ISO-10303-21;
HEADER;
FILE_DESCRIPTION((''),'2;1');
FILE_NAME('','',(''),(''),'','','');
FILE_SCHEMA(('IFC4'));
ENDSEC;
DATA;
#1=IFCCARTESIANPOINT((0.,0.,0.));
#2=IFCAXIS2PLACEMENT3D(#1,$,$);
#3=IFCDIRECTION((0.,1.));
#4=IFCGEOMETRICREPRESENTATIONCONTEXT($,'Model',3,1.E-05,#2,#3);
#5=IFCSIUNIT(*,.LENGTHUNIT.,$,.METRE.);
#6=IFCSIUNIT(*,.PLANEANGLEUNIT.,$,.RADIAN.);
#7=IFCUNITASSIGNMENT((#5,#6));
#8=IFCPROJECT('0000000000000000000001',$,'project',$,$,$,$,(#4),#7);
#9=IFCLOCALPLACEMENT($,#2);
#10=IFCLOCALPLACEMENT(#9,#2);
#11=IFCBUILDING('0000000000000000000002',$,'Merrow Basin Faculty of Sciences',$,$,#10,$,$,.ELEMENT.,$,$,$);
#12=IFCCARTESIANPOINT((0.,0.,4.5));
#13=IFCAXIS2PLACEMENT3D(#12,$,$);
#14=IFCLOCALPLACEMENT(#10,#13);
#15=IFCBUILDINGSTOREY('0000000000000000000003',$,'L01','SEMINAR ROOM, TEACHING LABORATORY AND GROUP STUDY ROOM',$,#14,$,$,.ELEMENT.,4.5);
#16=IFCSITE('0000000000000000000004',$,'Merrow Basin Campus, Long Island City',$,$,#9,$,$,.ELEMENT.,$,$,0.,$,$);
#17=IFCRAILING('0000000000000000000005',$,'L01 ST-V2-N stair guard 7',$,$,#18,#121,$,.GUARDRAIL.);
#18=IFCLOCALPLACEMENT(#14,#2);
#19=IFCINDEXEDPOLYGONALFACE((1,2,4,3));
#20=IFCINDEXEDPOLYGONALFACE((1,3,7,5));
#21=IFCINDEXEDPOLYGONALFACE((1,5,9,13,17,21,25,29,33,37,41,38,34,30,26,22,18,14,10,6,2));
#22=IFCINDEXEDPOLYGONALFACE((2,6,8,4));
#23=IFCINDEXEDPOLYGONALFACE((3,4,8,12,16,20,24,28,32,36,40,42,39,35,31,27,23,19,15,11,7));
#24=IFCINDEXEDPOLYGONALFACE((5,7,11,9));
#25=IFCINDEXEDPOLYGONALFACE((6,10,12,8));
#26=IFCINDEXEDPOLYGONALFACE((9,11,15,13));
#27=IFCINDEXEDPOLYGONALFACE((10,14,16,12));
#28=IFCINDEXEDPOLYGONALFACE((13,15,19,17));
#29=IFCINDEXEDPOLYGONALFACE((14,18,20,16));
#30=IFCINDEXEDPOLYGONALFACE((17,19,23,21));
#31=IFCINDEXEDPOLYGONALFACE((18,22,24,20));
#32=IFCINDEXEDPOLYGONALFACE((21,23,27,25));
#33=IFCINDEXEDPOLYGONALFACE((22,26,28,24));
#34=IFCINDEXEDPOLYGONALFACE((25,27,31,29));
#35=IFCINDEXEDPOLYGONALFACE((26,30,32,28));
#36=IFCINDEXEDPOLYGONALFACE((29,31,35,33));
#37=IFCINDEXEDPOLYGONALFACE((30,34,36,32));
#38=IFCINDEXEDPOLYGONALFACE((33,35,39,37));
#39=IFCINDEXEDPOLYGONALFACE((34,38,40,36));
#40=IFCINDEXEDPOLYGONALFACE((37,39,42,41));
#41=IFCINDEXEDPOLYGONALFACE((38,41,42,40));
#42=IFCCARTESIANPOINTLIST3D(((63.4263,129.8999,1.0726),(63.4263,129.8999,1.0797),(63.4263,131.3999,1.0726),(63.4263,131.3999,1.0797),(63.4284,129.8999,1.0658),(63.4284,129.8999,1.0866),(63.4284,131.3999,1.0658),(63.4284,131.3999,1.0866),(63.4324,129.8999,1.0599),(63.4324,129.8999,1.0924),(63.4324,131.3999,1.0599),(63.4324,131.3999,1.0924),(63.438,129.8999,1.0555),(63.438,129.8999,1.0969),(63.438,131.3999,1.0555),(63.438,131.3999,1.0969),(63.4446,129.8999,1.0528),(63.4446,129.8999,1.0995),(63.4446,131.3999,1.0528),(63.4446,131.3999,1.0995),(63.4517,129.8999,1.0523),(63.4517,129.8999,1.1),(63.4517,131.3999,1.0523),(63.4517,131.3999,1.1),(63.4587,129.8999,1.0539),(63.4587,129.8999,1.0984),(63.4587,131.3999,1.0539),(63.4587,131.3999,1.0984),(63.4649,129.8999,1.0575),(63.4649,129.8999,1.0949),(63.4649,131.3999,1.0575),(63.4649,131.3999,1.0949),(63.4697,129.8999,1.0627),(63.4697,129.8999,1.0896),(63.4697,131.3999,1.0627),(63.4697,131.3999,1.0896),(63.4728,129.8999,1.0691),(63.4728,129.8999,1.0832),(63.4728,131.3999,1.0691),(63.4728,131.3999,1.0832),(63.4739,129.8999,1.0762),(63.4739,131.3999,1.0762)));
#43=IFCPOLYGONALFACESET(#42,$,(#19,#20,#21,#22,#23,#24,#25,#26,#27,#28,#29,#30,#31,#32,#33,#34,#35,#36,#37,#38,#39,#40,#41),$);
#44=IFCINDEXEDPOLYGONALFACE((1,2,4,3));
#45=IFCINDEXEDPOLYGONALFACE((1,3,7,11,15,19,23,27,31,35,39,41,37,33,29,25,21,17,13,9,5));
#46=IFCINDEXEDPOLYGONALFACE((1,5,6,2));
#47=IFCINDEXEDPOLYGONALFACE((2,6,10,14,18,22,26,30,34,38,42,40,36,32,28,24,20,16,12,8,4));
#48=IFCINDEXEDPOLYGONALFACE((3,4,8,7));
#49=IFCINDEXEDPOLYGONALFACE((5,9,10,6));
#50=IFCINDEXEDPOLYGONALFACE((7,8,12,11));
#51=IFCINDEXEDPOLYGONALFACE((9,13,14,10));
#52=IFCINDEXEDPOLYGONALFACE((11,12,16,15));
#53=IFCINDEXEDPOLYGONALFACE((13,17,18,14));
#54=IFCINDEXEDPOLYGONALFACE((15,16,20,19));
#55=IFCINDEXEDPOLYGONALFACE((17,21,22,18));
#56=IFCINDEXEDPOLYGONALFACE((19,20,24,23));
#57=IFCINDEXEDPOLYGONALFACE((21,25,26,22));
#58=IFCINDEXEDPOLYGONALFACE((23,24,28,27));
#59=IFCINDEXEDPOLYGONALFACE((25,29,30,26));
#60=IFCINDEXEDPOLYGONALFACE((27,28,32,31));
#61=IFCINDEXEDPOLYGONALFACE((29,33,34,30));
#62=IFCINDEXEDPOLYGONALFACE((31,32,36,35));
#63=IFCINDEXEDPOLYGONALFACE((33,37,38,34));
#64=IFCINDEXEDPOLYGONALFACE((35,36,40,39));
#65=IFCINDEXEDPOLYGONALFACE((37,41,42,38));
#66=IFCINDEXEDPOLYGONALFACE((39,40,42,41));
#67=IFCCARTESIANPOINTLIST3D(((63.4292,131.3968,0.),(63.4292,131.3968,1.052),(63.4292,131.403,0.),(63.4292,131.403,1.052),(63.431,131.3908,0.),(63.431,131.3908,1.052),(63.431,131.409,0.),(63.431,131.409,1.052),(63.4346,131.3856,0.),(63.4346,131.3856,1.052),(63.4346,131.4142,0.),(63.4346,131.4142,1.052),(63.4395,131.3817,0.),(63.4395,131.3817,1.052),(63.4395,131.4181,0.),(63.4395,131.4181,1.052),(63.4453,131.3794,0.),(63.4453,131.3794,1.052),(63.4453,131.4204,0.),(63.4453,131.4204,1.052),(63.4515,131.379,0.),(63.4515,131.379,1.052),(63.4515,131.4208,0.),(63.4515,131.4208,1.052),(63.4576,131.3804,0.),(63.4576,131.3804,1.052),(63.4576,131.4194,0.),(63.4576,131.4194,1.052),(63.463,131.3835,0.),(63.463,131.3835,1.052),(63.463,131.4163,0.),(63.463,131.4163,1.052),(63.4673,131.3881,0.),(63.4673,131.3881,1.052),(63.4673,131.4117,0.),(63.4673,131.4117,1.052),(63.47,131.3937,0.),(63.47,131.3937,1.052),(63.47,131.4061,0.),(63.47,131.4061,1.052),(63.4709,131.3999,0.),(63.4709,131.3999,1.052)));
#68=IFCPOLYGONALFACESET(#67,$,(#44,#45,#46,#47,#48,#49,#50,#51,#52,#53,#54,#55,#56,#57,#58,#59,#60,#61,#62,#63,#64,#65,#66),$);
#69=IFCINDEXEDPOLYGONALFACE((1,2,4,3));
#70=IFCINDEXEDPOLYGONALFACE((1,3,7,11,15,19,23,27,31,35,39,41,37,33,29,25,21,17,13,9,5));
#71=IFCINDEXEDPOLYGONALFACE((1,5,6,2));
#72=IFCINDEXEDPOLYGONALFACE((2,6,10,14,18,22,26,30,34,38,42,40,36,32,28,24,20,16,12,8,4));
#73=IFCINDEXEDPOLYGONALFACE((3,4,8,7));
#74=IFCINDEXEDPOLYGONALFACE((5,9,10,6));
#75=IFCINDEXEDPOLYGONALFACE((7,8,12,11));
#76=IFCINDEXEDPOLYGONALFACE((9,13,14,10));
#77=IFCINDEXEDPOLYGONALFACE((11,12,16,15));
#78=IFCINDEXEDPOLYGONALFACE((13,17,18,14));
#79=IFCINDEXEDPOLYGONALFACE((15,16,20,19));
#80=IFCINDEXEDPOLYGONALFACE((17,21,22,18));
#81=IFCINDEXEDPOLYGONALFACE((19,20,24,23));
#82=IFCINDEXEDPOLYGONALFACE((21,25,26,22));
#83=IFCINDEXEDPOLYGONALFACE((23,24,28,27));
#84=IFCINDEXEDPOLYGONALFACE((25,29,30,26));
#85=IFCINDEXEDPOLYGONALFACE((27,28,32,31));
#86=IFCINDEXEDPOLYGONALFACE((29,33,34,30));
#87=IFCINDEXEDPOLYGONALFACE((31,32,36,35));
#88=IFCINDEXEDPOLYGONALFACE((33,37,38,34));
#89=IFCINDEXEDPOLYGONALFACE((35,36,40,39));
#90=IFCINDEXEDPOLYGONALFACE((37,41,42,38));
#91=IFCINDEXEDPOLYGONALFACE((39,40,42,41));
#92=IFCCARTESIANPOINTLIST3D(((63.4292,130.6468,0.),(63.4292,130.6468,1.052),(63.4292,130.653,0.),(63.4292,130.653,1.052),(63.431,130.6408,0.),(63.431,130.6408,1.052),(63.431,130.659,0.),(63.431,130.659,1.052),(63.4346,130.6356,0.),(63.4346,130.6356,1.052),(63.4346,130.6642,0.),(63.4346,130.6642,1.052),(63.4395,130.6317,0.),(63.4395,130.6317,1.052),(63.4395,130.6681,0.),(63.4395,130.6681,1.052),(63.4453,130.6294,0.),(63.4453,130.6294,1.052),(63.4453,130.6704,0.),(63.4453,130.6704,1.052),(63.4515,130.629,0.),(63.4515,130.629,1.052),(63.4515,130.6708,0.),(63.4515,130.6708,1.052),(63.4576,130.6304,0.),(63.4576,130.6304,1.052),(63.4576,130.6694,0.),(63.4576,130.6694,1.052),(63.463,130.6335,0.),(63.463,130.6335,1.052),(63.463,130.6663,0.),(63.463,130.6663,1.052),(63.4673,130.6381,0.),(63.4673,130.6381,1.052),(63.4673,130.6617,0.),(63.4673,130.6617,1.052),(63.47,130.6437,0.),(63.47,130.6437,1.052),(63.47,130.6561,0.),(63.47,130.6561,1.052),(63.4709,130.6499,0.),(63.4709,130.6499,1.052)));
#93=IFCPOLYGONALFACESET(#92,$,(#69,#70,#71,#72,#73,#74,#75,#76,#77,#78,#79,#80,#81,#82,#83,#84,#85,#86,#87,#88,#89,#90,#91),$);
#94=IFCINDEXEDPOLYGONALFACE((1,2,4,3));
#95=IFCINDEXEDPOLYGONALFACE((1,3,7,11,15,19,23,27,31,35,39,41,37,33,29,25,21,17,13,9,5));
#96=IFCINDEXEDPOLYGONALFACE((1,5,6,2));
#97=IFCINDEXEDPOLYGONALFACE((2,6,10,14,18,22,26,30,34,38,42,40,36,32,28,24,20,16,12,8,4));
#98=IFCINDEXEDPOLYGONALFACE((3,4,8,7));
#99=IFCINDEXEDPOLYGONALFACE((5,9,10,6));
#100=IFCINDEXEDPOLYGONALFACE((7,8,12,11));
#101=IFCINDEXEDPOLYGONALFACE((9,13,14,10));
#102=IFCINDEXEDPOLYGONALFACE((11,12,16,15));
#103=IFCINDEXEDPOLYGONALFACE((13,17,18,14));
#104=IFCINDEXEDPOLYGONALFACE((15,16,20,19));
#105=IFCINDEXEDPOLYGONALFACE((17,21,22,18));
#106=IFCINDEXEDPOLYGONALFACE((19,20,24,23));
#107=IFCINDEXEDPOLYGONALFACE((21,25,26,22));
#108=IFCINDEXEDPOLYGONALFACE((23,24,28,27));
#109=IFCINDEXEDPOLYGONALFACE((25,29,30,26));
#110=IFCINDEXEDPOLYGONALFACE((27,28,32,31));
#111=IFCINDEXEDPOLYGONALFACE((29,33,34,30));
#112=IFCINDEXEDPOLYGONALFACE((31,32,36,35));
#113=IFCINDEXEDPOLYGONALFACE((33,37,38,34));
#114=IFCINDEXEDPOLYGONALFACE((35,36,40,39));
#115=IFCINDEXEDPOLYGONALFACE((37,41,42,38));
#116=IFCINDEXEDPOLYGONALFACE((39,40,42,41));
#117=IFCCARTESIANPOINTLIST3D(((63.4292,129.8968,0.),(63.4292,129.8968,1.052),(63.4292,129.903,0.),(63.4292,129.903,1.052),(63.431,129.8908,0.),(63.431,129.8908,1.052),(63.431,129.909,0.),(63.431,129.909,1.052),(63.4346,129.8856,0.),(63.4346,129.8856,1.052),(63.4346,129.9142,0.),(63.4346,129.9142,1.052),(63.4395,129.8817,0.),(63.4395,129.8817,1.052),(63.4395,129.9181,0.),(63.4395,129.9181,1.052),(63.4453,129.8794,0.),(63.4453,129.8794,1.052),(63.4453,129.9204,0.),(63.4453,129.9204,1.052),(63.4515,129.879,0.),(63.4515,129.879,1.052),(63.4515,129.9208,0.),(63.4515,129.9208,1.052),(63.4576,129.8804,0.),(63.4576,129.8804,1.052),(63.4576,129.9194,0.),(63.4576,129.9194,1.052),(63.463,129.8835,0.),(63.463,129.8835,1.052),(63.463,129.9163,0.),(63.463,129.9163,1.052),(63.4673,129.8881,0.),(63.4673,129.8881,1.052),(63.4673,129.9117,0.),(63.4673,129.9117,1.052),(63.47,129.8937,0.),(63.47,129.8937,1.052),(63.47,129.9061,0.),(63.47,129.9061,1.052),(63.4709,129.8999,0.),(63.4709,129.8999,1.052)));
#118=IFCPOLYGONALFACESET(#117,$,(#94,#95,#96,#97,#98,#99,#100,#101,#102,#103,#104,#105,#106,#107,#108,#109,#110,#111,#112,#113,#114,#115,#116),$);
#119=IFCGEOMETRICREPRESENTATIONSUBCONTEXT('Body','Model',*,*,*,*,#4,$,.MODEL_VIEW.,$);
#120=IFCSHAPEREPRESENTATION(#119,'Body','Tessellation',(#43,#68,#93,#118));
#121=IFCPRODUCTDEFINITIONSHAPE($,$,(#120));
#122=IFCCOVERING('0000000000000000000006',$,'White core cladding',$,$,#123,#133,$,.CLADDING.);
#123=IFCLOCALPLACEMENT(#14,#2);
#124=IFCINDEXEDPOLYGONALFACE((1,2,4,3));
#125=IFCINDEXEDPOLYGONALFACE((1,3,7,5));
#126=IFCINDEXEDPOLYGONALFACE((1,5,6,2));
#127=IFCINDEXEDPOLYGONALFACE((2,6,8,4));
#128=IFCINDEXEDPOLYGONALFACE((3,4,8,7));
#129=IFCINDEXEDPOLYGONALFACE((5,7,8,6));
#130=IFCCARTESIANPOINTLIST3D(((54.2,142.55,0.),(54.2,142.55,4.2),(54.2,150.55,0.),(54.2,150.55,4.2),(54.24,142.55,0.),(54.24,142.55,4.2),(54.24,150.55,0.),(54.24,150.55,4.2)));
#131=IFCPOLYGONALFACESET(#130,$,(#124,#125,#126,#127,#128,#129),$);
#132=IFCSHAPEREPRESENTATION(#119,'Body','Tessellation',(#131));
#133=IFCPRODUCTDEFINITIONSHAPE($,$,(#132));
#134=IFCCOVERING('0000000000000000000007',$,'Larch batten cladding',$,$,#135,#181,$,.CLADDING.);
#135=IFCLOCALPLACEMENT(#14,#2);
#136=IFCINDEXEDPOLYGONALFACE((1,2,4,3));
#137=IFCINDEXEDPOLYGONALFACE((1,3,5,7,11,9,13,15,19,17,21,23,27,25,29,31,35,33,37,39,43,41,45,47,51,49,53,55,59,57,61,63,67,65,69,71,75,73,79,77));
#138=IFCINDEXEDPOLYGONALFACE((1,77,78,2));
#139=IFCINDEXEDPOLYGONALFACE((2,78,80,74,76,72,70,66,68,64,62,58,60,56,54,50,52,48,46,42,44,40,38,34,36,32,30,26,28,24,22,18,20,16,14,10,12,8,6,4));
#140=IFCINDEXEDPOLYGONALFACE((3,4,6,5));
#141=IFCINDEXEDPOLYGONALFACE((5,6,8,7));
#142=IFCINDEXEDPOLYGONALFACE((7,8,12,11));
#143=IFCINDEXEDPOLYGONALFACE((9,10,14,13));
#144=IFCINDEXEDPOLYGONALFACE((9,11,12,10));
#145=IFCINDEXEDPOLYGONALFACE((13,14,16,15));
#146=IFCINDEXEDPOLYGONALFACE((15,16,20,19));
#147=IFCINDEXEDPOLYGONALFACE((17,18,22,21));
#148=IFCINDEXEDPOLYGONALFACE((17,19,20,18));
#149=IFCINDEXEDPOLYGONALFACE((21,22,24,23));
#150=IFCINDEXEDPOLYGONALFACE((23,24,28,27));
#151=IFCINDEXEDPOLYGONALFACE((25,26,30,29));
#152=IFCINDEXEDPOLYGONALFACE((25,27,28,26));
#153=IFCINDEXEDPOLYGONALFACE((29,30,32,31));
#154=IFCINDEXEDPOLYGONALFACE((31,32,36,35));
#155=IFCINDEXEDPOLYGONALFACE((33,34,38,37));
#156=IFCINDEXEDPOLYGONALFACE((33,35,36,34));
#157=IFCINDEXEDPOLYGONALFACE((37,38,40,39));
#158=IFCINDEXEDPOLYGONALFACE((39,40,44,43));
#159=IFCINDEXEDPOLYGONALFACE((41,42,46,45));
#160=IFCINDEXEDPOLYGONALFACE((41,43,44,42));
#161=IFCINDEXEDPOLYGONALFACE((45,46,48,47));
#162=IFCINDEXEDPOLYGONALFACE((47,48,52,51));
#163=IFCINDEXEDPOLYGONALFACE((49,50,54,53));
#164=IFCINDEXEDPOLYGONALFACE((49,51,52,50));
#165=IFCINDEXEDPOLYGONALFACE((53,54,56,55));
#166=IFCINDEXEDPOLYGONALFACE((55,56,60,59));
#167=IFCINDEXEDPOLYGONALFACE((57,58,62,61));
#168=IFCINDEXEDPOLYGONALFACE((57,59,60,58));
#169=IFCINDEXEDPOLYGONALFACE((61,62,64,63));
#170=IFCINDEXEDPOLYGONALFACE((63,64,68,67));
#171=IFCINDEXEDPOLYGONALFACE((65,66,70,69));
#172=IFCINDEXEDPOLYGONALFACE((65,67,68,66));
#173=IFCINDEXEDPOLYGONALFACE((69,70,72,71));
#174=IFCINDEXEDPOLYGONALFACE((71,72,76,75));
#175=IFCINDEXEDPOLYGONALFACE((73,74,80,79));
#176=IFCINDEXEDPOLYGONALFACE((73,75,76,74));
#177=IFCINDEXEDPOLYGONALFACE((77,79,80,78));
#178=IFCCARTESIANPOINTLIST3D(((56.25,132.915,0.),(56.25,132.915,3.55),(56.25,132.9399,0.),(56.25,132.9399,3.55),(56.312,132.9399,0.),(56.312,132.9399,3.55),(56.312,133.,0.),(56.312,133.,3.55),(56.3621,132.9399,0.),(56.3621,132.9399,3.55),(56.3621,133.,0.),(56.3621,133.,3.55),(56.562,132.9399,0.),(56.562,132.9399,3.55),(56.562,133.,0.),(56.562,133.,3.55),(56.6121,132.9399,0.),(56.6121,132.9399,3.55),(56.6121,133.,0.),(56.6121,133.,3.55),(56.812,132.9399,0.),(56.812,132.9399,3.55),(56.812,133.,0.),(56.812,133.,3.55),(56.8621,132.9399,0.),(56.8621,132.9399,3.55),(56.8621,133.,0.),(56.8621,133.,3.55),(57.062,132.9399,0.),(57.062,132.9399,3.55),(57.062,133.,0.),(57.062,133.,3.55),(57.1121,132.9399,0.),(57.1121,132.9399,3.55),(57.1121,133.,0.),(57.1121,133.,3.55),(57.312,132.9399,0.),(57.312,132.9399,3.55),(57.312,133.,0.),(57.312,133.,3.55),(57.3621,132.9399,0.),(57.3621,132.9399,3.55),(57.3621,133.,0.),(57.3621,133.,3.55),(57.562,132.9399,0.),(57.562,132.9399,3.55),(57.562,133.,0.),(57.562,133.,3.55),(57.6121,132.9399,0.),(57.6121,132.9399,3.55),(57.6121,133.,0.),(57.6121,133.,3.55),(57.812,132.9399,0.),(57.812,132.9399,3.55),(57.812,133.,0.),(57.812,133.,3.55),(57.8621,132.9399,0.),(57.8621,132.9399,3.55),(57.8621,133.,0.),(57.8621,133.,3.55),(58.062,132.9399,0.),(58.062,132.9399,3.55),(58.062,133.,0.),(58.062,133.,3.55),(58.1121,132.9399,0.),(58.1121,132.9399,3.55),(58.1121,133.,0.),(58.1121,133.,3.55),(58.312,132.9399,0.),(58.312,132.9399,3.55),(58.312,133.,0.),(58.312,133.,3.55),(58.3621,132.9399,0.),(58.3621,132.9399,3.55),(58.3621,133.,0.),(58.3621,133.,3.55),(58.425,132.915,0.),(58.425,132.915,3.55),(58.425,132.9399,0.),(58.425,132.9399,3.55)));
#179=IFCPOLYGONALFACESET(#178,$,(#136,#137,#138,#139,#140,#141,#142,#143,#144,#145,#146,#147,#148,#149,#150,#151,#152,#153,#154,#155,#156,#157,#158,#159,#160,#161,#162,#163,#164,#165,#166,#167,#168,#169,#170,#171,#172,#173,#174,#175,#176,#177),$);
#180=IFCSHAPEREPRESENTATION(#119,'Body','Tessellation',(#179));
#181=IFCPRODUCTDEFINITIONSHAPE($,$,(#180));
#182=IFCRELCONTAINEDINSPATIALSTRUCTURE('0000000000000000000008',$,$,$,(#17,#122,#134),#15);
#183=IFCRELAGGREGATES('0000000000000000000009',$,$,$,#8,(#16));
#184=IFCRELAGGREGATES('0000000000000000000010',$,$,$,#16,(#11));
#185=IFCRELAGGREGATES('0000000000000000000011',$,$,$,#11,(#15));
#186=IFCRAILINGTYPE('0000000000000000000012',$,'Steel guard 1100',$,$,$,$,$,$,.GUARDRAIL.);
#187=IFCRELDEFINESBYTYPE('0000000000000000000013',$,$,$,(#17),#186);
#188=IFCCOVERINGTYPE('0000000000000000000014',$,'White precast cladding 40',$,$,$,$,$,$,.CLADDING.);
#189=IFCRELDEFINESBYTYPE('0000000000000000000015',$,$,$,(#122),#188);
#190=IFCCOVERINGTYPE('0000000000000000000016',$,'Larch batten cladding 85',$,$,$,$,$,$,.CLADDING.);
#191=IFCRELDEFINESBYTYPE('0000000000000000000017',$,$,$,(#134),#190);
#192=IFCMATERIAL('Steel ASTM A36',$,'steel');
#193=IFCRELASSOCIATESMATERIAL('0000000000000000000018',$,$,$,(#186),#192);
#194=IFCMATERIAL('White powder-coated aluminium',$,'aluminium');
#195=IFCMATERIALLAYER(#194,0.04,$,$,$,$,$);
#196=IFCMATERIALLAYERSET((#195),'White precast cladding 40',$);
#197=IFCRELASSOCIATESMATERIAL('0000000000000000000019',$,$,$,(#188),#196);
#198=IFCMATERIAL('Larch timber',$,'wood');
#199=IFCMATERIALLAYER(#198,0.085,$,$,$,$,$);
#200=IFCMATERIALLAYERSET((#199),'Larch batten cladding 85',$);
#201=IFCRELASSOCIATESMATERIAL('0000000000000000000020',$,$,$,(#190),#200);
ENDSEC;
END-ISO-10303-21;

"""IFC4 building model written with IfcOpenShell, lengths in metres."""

from ifc_helpers import new_model, si_unit, direction, frame, origin, origin_2d, place, context, subcontext, project, spatial, polyline, rectangle, circle, outline, extrude, source, transform, mapped, material, layer, layer_set, type_object, element, save


model = new_model("IFC4")

# Units and contexts
model_context = context("Model", 3, precision=1e-05, world=origin(), true_north=direction((0.0, 1.0)))
body_context = subcontext(model_context, "Body", "Model", "MODEL_VIEW")
ifc_project = project(units=[si_unit("LENGTHUNIT", "METRE"), si_unit("PLANEANGLEUNIT", "RADIAN")], contexts=[model_context])

# Site, building, storey
site_placement = place(None, origin())
site = spatial("IfcSite", under=ifc_project, at=site_placement, Name="Merrow Basin Campus, Long Island City", CompositionType="ELEMENT", RefElevation=0.0)
building_placement = place(site_placement, origin())
building = spatial("IfcBuilding", under=site, at=building_placement, Name="Merrow Basin Faculty of Sciences", CompositionType="ELEMENT")
storey_placement = place(building_placement, frame((0.0, 0.0, 4.5)))
storey = spatial("IfcBuildingStorey", under=building, at=storey_placement, Name="L01", Description="SEMINAR ROOM, TEACHING LABORATORY AND GROUP STUDY ROOM", CompositionType="ELEMENT", Elevation=4.5)

# Railing
ifc_material_1 = material(Name="Steel ASTM A36", Category="steel")
railing_type = type_object("IfcRailingType", Name="Steel guard 1100", PredefinedType="GUARDRAIL", material=ifc_material_1)
railing_placement = place(storey_placement, frame((63.45, 131.3999, 0.0)))
element("IfcRailing", 1, at=railing_placement, inside=storey, type_object=railing_type, Name="L01 ST-V2-N stair guard 7", PredefinedType="GUARDRAIL", context=body_context, shape_type="SweptSolid", body=[
    extrude(circle(Radius=0.0239, at=origin_2d()), frame((0.0, 0.0, 1.0762), z_axis=(0.0, -1.0, 0.0), x_axis=(1.0, 0.0, 0.0)), (0.0, 0.0, 1.0), 1.5),
    extrude(circle(Radius=0.021, at=origin_2d()), origin(), (0.0, 0.0, 1.0), 1.052),
    extrude(circle(Radius=0.021, at=origin_2d()), frame((0.0, -0.75, 0.0)), (0.0, 0.0, 1.0), 1.052),
    extrude(circle(Radius=0.021, at=origin_2d()), frame((0.0, -1.5, 0.0)), (0.0, 0.0, 1.0), 1.052),
])

# Coverings
ifc_material_2 = material(Name="White powder-coated aluminium", Category="aluminium")
ifc_layer_1 = layer(ifc_material_2, 0.04)
ifc_layer_set_1 = layer_set([ifc_layer_1], Name="White precast cladding 40")
covering_type_1 = type_object("IfcCoveringType", Name="White precast cladding 40", PredefinedType="CLADDING", material=ifc_layer_set_1)
covering_placement = place(storey_placement, frame((54.22, 146.55, 0.0), z_axis=(0.0, 0.0, 1.0), x_axis=(1.0, 0.0, 0.0)))
element("IfcCovering", 2, at=covering_placement, inside=storey, type_object=covering_type_1, Name="White core cladding", PredefinedType="CLADDING", context=body_context, shape_type="SweptSolid", body=[
    extrude(rectangle(XDim=0.04, YDim=8.0, at=origin_2d()), origin(), (0.0, 0.0, 1.0), 4.2),
])
ifc_material_3 = material(Name="Larch timber", Category="wood")
ifc_layer_2 = layer(ifc_material_3, 0.085)
ifc_layer_set_2 = layer_set([ifc_layer_2], Name="Larch batten cladding 85")
covering_type_2 = type_object("IfcCoveringType", Name="Larch batten cladding 85", PredefinedType="CLADDING", material=ifc_layer_set_2)
shared_shape_1 = source(origin(), body_context, "Body", "SweptSolid", [
    extrude(outline(polyline([(0.0, 0.0), (2.175, 0.0), (2.175, 0.0249), (2.1121, 0.0249), (2.1121, 0.085), (2.062, 0.085), (2.062, 0.0249), (1.8621, 0.0249), (1.8621, 0.085), (1.812, 0.085), (1.812, 0.0249), (1.6121, 0.0249), (1.6121, 0.085), (1.562, 0.085), (1.562, 0.0249), (1.3621, 0.0249), (1.3621, 0.085), (1.312, 0.085), (1.312, 0.0249), (1.1121, 0.0249), (1.1121, 0.085), (1.062, 0.085), (1.062, 0.0249), (0.8621, 0.0249), (0.8621, 0.085), (0.812, 0.085), (0.812, 0.0249), (0.6121, 0.0249), (0.6121, 0.085), (0.562, 0.085), (0.562, 0.0249), (0.3621, 0.0249), (0.3621, 0.085), (0.312, 0.085), (0.312, 0.0249), (0.1121, 0.0249), (0.1121, 0.085), (0.062, 0.085), (0.062, 0.0249), (0.0, 0.0249), (0.0, 0.0)])), origin(), (0.0, 0.0, 1.0), 3.55),
])
for number, where, z_axis, x_axis, name in (
    (3, (56.25, 132.915, 0.0), (0.0, 0.0, 1.0), (1.0, 0.0, 0.0), "Larch batten cladding"),
):
    element("IfcCovering", number, at=place(storey_placement, frame(where, z_axis=z_axis, x_axis=x_axis)), inside=storey, type_object=covering_type_2, Name=name, PredefinedType="CLADDING", context=body_context, shape_type="MappedRepresentation", body=[
        mapped(shared_shape_1, transform((0.0, 0.0, 0.0), scale=1.0)),
    ])

save(model, "model.ifc")
